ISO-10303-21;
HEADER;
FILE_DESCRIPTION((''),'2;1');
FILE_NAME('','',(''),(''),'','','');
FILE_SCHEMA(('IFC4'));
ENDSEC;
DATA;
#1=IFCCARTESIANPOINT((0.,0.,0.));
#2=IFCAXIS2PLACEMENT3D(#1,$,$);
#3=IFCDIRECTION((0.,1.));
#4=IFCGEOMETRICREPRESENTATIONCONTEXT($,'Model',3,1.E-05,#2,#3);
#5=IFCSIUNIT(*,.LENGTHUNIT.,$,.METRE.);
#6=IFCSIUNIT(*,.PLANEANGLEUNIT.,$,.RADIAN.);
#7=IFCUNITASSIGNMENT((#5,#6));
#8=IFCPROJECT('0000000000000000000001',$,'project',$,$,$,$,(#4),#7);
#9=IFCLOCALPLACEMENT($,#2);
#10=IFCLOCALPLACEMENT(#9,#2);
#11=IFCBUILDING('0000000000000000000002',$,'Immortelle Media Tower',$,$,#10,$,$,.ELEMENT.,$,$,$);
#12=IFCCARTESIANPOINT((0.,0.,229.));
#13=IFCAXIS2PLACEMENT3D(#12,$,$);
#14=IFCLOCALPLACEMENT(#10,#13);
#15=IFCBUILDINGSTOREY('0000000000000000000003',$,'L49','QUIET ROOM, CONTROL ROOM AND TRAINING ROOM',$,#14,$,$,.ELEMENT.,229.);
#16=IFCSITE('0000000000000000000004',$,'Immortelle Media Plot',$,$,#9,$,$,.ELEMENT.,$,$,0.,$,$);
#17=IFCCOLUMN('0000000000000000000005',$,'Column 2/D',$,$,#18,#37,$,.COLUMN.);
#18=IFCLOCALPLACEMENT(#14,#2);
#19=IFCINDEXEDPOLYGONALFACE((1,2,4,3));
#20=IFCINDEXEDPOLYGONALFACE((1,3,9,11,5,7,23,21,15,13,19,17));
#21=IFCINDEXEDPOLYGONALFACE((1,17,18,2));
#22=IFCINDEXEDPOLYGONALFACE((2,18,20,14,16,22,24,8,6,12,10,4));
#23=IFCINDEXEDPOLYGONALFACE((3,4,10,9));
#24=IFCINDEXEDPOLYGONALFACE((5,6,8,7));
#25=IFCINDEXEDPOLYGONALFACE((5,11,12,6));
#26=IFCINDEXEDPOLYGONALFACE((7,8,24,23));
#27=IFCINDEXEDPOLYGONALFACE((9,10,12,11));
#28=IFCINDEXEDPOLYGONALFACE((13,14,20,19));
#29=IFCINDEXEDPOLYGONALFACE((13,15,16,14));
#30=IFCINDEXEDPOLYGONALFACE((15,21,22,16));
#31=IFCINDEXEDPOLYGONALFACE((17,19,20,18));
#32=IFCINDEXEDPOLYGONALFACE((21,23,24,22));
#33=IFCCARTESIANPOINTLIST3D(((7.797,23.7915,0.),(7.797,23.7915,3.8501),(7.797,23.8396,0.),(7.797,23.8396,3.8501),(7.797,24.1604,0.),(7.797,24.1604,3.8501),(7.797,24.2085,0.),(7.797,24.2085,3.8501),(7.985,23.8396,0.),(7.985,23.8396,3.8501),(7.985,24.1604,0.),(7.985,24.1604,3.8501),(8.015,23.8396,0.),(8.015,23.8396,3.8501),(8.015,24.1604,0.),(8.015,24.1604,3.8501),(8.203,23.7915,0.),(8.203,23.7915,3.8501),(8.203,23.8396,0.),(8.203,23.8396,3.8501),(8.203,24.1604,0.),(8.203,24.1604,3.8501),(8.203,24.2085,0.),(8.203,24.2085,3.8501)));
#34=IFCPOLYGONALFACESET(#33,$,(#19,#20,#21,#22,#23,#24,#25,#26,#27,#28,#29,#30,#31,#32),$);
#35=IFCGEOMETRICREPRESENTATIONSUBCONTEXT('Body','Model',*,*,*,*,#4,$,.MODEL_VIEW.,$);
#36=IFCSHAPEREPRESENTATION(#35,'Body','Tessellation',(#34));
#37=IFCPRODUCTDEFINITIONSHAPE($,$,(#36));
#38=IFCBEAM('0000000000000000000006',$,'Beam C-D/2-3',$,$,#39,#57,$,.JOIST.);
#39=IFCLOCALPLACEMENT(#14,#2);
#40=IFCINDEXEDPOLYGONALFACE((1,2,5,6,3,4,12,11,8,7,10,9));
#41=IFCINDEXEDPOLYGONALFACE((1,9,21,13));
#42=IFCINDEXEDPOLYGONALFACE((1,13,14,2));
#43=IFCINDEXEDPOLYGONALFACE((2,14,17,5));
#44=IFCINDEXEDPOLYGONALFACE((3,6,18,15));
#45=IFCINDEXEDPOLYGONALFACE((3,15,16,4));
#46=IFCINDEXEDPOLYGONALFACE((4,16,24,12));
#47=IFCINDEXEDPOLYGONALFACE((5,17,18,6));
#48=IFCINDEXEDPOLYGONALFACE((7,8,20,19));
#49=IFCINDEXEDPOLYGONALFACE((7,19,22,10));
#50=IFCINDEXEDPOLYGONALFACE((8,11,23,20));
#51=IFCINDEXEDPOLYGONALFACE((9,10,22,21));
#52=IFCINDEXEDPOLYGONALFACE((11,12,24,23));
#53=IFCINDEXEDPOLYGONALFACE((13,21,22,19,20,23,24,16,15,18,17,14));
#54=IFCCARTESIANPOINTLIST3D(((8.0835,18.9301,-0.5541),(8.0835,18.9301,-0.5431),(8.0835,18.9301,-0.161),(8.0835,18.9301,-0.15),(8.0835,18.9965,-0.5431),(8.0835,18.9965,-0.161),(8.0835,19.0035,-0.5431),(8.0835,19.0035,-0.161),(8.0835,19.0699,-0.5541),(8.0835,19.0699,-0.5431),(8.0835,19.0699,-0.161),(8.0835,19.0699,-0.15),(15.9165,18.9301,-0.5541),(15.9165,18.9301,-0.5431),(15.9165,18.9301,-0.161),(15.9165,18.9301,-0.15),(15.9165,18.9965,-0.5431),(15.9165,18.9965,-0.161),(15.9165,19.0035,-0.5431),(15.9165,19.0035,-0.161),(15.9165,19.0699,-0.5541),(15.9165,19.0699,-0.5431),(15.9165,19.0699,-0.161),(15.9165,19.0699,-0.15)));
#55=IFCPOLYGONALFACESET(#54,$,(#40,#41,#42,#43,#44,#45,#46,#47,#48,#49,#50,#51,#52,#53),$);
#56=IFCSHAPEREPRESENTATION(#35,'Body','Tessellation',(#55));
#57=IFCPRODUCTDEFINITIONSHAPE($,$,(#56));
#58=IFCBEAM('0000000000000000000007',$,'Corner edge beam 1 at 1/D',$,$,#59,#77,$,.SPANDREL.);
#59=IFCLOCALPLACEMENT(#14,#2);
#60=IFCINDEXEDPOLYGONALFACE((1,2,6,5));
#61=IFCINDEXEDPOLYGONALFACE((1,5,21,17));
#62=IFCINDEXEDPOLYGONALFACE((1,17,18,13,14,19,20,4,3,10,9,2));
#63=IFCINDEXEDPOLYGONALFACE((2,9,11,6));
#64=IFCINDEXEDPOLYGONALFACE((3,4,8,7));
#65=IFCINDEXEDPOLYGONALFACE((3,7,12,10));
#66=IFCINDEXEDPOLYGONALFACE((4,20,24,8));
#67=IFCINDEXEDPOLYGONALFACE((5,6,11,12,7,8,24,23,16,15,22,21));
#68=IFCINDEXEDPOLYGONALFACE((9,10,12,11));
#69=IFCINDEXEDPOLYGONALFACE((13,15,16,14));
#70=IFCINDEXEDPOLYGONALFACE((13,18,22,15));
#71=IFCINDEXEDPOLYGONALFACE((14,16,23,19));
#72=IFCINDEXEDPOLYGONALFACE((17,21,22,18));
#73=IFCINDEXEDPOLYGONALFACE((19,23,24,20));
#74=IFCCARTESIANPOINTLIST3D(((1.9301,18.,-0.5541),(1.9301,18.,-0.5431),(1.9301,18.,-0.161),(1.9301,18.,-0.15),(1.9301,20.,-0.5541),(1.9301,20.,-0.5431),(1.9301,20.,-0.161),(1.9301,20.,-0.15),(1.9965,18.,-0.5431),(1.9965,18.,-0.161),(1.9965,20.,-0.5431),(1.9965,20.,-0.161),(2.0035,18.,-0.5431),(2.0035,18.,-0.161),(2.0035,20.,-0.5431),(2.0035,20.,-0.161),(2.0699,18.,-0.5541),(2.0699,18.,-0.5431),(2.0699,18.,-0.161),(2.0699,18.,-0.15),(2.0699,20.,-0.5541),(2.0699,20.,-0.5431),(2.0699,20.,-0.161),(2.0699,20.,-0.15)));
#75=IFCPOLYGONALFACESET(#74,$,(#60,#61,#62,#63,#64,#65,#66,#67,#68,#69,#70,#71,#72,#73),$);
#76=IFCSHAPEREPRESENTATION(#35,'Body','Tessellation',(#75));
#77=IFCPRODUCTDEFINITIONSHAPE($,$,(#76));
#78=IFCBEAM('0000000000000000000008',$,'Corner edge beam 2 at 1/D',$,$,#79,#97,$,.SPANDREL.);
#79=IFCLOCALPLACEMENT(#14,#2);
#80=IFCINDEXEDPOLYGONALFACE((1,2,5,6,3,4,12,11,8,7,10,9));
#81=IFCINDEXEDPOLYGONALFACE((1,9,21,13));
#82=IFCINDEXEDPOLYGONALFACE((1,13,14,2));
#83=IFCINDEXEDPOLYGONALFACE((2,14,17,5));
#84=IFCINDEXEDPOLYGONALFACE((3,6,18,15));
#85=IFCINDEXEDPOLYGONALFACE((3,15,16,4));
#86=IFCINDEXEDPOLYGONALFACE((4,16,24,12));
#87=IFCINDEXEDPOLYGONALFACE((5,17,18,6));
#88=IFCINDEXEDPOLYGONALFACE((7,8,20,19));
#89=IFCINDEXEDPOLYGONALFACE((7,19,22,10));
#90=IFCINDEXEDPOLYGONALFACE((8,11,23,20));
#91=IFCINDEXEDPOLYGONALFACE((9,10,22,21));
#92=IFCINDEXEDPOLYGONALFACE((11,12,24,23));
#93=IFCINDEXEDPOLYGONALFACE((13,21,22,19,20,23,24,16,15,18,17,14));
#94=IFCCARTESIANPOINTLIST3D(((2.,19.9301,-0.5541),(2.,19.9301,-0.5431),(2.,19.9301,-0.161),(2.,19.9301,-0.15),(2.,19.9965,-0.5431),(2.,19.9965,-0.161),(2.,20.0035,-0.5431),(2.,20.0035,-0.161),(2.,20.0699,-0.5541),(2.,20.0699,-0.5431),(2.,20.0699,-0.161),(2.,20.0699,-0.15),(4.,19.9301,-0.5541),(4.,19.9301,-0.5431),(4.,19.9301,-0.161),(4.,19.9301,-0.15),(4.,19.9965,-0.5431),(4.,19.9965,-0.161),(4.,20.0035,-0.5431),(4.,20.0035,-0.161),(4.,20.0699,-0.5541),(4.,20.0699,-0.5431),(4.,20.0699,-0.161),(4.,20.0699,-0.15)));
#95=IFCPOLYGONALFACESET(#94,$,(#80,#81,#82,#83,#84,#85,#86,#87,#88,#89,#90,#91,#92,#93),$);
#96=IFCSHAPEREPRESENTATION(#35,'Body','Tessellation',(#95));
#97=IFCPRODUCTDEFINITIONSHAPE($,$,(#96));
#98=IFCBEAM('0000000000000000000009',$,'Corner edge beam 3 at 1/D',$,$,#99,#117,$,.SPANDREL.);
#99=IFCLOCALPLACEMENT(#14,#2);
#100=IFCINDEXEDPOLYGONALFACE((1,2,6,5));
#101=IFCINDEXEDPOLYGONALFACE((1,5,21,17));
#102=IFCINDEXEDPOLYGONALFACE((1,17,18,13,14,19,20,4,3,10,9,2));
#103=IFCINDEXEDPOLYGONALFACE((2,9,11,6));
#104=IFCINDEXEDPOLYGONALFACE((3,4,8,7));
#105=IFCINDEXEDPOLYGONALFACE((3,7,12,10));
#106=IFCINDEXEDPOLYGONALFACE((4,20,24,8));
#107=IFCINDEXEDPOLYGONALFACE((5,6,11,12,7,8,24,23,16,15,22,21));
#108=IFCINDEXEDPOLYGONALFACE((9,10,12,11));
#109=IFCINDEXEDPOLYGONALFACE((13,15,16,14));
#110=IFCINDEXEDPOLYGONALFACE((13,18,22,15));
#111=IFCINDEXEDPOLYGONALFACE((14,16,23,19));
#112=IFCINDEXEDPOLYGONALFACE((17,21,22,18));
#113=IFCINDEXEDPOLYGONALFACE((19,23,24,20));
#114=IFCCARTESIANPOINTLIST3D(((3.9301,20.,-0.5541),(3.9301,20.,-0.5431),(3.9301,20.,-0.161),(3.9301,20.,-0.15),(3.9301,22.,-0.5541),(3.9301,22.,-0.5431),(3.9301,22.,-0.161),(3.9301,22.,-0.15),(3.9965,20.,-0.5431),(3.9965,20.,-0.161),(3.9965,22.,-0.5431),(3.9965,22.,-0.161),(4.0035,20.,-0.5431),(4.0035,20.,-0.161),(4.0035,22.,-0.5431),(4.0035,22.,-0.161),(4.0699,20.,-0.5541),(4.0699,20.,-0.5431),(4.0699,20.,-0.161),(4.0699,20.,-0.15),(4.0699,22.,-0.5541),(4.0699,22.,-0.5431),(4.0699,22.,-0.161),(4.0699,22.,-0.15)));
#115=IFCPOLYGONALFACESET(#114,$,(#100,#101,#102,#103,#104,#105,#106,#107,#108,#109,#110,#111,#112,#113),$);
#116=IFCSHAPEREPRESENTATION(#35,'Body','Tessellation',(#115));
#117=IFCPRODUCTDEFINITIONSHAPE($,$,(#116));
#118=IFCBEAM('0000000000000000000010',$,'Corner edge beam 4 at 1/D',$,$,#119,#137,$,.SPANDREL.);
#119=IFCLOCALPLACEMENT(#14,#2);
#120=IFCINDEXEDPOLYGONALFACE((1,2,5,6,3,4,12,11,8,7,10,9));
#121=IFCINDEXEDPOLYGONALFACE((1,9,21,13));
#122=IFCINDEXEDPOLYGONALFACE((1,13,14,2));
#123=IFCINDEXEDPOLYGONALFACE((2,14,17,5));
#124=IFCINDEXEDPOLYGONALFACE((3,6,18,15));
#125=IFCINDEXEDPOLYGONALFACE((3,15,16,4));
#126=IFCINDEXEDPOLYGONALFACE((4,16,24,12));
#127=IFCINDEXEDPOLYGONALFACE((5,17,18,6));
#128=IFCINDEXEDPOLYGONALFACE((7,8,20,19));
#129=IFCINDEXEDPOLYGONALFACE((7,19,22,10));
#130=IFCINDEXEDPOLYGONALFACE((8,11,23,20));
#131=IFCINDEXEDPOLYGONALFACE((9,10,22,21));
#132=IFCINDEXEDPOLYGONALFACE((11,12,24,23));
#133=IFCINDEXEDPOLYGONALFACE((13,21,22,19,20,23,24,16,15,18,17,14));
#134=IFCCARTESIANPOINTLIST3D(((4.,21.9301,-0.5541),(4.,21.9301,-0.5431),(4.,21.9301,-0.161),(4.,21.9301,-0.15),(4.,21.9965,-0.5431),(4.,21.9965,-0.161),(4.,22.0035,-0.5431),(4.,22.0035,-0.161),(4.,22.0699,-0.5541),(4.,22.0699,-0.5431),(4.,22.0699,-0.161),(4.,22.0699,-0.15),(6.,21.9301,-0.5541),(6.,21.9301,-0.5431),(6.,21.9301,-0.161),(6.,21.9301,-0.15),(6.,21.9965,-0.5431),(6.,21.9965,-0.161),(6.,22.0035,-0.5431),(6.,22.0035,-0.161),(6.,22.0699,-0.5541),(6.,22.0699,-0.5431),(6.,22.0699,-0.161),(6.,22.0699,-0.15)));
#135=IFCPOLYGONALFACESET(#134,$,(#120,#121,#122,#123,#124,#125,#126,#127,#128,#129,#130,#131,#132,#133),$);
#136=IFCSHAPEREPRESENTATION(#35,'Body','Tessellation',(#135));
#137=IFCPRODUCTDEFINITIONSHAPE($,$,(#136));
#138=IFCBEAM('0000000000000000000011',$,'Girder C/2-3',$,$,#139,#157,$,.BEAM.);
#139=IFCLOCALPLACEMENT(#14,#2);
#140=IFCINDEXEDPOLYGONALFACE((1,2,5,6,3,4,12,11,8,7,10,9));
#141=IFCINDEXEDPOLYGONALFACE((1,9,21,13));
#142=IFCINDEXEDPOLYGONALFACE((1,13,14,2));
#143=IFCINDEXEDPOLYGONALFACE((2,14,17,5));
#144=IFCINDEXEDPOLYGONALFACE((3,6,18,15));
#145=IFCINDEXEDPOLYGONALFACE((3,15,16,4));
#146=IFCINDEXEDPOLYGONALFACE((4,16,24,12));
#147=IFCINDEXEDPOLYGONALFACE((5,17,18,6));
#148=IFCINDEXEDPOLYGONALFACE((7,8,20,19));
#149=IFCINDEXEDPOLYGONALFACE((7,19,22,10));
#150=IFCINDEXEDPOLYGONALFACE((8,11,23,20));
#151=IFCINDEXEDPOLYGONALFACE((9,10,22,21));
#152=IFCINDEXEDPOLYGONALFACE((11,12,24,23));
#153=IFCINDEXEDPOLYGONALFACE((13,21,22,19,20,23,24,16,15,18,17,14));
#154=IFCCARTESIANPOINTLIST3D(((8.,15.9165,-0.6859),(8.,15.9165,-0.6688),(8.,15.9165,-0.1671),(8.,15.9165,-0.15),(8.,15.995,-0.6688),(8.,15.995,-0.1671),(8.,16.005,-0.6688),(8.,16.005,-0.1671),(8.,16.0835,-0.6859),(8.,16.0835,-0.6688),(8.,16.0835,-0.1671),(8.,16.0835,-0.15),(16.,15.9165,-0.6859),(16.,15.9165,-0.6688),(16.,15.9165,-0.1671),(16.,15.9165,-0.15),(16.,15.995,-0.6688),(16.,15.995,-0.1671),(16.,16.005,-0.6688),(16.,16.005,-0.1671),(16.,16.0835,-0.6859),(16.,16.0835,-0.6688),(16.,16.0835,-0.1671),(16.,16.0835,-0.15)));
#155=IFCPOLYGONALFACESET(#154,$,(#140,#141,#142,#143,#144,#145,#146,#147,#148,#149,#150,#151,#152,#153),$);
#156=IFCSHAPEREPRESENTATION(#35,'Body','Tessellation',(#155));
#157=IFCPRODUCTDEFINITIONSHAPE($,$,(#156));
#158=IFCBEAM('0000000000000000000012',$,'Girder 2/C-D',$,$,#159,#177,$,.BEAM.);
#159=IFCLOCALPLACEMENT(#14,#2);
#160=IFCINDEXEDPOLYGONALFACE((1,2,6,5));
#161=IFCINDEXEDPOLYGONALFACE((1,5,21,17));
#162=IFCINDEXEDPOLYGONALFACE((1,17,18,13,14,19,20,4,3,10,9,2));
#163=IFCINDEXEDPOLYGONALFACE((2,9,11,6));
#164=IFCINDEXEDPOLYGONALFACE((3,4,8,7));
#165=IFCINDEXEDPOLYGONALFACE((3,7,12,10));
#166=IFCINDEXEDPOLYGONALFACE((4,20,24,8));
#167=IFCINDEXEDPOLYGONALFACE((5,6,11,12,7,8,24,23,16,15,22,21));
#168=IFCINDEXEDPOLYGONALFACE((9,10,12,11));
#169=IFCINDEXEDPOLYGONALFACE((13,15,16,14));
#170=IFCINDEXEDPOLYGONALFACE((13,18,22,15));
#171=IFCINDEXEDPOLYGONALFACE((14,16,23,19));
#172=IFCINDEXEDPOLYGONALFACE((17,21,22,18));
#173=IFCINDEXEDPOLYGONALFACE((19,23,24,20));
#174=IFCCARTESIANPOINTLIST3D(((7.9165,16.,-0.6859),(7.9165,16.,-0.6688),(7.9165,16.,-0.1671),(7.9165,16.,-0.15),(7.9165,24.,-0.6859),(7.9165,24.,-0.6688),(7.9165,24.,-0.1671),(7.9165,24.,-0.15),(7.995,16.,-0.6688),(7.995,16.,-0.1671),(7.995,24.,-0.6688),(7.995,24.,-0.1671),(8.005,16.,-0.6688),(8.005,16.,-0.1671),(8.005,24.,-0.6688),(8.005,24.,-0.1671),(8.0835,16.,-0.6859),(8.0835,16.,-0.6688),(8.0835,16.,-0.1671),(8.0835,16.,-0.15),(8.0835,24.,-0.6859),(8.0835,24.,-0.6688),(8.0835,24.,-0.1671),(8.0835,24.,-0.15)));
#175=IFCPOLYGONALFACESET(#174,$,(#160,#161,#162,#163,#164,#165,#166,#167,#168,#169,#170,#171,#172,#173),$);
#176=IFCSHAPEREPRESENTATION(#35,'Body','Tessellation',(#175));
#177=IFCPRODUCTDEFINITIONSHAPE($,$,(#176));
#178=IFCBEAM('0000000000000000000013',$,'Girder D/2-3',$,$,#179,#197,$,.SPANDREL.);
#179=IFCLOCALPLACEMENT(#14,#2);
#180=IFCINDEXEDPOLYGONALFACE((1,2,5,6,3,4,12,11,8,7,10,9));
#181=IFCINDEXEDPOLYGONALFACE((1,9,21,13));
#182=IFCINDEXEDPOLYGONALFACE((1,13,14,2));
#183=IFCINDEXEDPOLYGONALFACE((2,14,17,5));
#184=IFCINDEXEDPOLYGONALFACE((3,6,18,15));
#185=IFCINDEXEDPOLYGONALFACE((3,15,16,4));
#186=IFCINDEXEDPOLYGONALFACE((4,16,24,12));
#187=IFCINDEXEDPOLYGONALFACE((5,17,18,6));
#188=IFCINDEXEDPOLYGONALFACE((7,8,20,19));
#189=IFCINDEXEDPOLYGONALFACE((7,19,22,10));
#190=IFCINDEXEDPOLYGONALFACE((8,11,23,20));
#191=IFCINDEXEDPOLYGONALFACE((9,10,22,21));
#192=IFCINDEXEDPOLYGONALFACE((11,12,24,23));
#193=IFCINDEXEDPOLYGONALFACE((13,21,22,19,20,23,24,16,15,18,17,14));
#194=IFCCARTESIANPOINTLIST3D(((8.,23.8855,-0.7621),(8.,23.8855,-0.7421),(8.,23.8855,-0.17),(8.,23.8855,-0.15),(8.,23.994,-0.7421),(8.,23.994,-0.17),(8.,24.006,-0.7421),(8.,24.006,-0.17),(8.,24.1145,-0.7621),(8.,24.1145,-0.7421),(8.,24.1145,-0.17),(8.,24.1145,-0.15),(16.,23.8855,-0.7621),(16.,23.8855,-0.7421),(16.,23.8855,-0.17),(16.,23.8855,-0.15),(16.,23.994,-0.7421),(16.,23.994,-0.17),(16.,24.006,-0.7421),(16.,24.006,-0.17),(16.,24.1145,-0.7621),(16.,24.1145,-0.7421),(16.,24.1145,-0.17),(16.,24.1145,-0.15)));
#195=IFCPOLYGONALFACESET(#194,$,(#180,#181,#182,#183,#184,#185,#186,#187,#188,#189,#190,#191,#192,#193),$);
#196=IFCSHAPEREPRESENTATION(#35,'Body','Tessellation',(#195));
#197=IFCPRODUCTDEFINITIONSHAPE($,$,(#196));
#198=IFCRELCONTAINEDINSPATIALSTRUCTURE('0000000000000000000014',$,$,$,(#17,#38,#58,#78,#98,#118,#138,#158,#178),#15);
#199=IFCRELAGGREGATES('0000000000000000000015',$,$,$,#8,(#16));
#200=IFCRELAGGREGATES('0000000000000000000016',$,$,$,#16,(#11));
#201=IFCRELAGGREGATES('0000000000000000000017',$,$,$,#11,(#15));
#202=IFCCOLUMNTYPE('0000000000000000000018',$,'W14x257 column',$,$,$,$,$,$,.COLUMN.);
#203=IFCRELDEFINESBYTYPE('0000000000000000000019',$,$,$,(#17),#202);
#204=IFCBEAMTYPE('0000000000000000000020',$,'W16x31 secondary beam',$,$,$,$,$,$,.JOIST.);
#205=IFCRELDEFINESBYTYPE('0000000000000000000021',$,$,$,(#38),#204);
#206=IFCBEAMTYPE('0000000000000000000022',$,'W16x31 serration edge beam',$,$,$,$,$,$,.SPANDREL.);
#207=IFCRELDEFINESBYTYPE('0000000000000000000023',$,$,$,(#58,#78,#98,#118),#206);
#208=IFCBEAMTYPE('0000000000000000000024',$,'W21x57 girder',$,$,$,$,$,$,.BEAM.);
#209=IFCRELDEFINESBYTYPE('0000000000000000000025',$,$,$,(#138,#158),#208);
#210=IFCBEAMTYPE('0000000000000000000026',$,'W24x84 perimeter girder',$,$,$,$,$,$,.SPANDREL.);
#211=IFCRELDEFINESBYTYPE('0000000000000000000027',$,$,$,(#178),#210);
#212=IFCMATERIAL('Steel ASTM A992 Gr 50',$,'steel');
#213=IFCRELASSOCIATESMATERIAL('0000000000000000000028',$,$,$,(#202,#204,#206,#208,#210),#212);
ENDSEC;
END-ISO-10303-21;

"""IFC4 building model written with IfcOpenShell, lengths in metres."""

from ifc_helpers import new_model, si_unit, direction, frame, origin, origin_2d, place, context, subcontext, project, spatial, i_section, extrude, material, material_profile, profile_set, type_object, element, save


model = new_model("IFC4")

# Units and contexts
model_context = context("Model", 3, precision=1e-05, world=origin(), true_north=direction((0.0, 1.0)))
body_context = subcontext(model_context, "Body", "Model", "MODEL_VIEW")
ifc_project = project(units=[si_unit("LENGTHUNIT", "METRE"), si_unit("PLANEANGLEUNIT", "RADIAN")], contexts=[model_context])

# Site, building, storey
site_placement = place(None, origin())
site = spatial("IfcSite", under=ifc_project, at=site_placement, Name="Immortelle Media Plot", CompositionType="ELEMENT", RefElevation=0.0)
building_placement = place(site_placement, origin())
building = spatial("IfcBuilding", under=site, at=building_placement, Name="Immortelle Media Tower", CompositionType="ELEMENT")
storey_placement = place(building_placement, frame((0.0, 0.0, 229.0)))
storey = spatial("IfcBuildingStorey", under=building, at=storey_placement, Name="L49", Description="QUIET ROOM, CONTROL ROOM AND TRAINING ROOM", CompositionType="ELEMENT", Elevation=229.0)

# Column
ifc_material_1 = material(Name="Steel ASTM A992 Gr 50", Category="steel")
ifc_material_profile_1 = material_profile(ifc_material_1, i_section(OverallWidth=0.406, OverallDepth=0.417, WebThickness=0.03, FlangeThickness=0.0481, at=origin_2d()), Name="W14x257")
ifc_profile_set_1 = profile_set([ifc_material_profile_1], Name="Steel ASTM A992 Gr 50")
column_type = type_object("IfcColumnType", Name="W14x257 column", PredefinedType="COLUMN", material=ifc_profile_set_1)
column_placement = place(storey_placement, frame((8.0, 24.0, 0.0), z_axis=(0.0, 0.0, 1.0), x_axis=(1.0, 0.0, 0.0)))
element("IfcColumn", 1, at=column_placement, inside=storey, type_object=column_type, Name="Column 2/D", PredefinedType="COLUMN", context=body_context, shape_type="SweptSolid", body=[
    extrude(i_section(OverallWidth=0.406, OverallDepth=0.417, WebThickness=0.03, FlangeThickness=0.0481, at=origin_2d()), origin(), (0.0, 0.0, 1.0), 3.8501),
])

# Beams
ifc_material_profile_2 = material_profile(ifc_material_1, i_section(OverallWidth=0.1399, OverallDepth=0.4041, WebThickness=0.0071, FlangeThickness=0.011, at=origin_2d()), Name="W16x31")
ifc_profile_set_2 = profile_set([ifc_material_profile_2], Name="Steel ASTM A992 Gr 50")
beam_type_1 = type_object("IfcBeamType", Name="W16x31 secondary beam", PredefinedType="JOIST", material=ifc_profile_set_2)
beam_1_placement = place(storey_placement, frame((8.0835, 19.0, -0.3521), z_axis=(1.0, 0.0, 0.0), x_axis=(0.0, 1.0, 0.0)))
element("IfcBeam", 2, at=beam_1_placement, inside=storey, type_object=beam_type_1, Name="Beam C-D/2-3", PredefinedType="JOIST", context=body_context, shape_type="SweptSolid", body=[
    extrude(i_section(OverallWidth=0.1399, OverallDepth=0.4041, WebThickness=0.0071, FlangeThickness=0.011, at=origin_2d()), origin(), (0.0, 0.0, 1.0), 7.833),
])
ifc_material_profile_3 = material_profile(ifc_material_1, i_section(OverallWidth=0.1399, OverallDepth=0.4041, WebThickness=0.0071, FlangeThickness=0.011, at=origin_2d()), Name="W16x31")
ifc_profile_set_3 = profile_set([ifc_material_profile_3], Name="Steel ASTM A992 Gr 50")
beam_type_2 = type_object("IfcBeamType", Name="W16x31 serration edge beam", PredefinedType="SPANDREL", material=ifc_profile_set_3)
for number, where, z_axis, x_axis, name in (
    (3, (2.0, 18.0, -0.3521), (0.0, 1.0, 0.0), (-1.0, 0.0, 0.0), "Corner edge beam 1 at 1/D"),
    (4, (2.0, 20.0, -0.3521), (1.0, 0.0, 0.0), (0.0, 1.0, 0.0), "Corner edge beam 2 at 1/D"),
    (5, (4.0, 20.0, -0.3521), (0.0, 1.0, 0.0), (-1.0, 0.0, 0.0), "Corner edge beam 3 at 1/D"),
    (6, (4.0, 22.0, -0.3521), (1.0, 0.0, 0.0), (0.0, 1.0, 0.0), "Corner edge beam 4 at 1/D"),
):
    element("IfcBeam", number, at=place(storey_placement, frame(where, z_axis=z_axis, x_axis=x_axis)), inside=storey, type_object=beam_type_2, Name=name, PredefinedType="SPANDREL", context=body_context, shape_type="SweptSolid", body=[
        extrude(i_section(OverallWidth=0.1399, OverallDepth=0.4041, WebThickness=0.0071, FlangeThickness=0.011, at=origin_2d()), origin(), (0.0, 0.0, 1.0), 2.0),
    ])
ifc_material_profile_4 = material_profile(ifc_material_1, i_section(OverallWidth=0.167, OverallDepth=0.5359, WebThickness=0.01, FlangeThickness=0.0171, at=origin_2d()), Name="W21x57")
ifc_profile_set_4 = profile_set([ifc_material_profile_4], Name="Steel ASTM A992 Gr 50")
beam_type_3 = type_object("IfcBeamType", Name="W21x57 girder", PredefinedType="BEAM", material=ifc_profile_set_4)
for number, where, z_axis, x_axis, name in (
    (7, (8.0, 16.0, -0.418), (1.0, 0.0, 0.0), (0.0, 1.0, 0.0), "Girder C/2-3"),
    (8, (8.0, 16.0, -0.418), (0.0, 1.0, 0.0), (-1.0, 0.0, 0.0), "Girder 2/C-D"),
):
    element("IfcBeam", number, at=place(storey_placement, frame(where, z_axis=z_axis, x_axis=x_axis)), inside=storey, type_object=beam_type_3, Name=name, PredefinedType="BEAM", context=body_context, shape_type="SweptSolid", body=[
        extrude(i_section(OverallWidth=0.167, OverallDepth=0.5359, WebThickness=0.01, FlangeThickness=0.0171, at=origin_2d()), origin(), (0.0, 0.0, 1.0), 8.0),
    ])
ifc_material_profile_5 = material_profile(ifc_material_1, i_section(OverallWidth=0.229, OverallDepth=0.6121, WebThickness=0.012, FlangeThickness=0.02, at=origin_2d()), Name="W24x84")
ifc_profile_set_5 = profile_set([ifc_material_profile_5], Name="Steel ASTM A992 Gr 50")
beam_type_4 = type_object("IfcBeamType", Name="W24x84 perimeter girder", PredefinedType="SPANDREL", material=ifc_profile_set_5)
beam_2_placement = place(storey_placement, frame((8.0, 24.0, -0.4561), z_axis=(1.0, 0.0, 0.0), x_axis=(0.0, 1.0, 0.0)))
element("IfcBeam", 9, at=beam_2_placement, inside=storey, type_object=beam_type_4, Name="Girder D/2-3", PredefinedType="SPANDREL", context=body_context, shape_type="SweptSolid", body=[
    extrude(i_section(OverallWidth=0.229, OverallDepth=0.6121, WebThickness=0.012, FlangeThickness=0.02, at=origin_2d()), origin(), (0.0, 0.0, 1.0), 8.0),
])

save(model, "model.ifc")
